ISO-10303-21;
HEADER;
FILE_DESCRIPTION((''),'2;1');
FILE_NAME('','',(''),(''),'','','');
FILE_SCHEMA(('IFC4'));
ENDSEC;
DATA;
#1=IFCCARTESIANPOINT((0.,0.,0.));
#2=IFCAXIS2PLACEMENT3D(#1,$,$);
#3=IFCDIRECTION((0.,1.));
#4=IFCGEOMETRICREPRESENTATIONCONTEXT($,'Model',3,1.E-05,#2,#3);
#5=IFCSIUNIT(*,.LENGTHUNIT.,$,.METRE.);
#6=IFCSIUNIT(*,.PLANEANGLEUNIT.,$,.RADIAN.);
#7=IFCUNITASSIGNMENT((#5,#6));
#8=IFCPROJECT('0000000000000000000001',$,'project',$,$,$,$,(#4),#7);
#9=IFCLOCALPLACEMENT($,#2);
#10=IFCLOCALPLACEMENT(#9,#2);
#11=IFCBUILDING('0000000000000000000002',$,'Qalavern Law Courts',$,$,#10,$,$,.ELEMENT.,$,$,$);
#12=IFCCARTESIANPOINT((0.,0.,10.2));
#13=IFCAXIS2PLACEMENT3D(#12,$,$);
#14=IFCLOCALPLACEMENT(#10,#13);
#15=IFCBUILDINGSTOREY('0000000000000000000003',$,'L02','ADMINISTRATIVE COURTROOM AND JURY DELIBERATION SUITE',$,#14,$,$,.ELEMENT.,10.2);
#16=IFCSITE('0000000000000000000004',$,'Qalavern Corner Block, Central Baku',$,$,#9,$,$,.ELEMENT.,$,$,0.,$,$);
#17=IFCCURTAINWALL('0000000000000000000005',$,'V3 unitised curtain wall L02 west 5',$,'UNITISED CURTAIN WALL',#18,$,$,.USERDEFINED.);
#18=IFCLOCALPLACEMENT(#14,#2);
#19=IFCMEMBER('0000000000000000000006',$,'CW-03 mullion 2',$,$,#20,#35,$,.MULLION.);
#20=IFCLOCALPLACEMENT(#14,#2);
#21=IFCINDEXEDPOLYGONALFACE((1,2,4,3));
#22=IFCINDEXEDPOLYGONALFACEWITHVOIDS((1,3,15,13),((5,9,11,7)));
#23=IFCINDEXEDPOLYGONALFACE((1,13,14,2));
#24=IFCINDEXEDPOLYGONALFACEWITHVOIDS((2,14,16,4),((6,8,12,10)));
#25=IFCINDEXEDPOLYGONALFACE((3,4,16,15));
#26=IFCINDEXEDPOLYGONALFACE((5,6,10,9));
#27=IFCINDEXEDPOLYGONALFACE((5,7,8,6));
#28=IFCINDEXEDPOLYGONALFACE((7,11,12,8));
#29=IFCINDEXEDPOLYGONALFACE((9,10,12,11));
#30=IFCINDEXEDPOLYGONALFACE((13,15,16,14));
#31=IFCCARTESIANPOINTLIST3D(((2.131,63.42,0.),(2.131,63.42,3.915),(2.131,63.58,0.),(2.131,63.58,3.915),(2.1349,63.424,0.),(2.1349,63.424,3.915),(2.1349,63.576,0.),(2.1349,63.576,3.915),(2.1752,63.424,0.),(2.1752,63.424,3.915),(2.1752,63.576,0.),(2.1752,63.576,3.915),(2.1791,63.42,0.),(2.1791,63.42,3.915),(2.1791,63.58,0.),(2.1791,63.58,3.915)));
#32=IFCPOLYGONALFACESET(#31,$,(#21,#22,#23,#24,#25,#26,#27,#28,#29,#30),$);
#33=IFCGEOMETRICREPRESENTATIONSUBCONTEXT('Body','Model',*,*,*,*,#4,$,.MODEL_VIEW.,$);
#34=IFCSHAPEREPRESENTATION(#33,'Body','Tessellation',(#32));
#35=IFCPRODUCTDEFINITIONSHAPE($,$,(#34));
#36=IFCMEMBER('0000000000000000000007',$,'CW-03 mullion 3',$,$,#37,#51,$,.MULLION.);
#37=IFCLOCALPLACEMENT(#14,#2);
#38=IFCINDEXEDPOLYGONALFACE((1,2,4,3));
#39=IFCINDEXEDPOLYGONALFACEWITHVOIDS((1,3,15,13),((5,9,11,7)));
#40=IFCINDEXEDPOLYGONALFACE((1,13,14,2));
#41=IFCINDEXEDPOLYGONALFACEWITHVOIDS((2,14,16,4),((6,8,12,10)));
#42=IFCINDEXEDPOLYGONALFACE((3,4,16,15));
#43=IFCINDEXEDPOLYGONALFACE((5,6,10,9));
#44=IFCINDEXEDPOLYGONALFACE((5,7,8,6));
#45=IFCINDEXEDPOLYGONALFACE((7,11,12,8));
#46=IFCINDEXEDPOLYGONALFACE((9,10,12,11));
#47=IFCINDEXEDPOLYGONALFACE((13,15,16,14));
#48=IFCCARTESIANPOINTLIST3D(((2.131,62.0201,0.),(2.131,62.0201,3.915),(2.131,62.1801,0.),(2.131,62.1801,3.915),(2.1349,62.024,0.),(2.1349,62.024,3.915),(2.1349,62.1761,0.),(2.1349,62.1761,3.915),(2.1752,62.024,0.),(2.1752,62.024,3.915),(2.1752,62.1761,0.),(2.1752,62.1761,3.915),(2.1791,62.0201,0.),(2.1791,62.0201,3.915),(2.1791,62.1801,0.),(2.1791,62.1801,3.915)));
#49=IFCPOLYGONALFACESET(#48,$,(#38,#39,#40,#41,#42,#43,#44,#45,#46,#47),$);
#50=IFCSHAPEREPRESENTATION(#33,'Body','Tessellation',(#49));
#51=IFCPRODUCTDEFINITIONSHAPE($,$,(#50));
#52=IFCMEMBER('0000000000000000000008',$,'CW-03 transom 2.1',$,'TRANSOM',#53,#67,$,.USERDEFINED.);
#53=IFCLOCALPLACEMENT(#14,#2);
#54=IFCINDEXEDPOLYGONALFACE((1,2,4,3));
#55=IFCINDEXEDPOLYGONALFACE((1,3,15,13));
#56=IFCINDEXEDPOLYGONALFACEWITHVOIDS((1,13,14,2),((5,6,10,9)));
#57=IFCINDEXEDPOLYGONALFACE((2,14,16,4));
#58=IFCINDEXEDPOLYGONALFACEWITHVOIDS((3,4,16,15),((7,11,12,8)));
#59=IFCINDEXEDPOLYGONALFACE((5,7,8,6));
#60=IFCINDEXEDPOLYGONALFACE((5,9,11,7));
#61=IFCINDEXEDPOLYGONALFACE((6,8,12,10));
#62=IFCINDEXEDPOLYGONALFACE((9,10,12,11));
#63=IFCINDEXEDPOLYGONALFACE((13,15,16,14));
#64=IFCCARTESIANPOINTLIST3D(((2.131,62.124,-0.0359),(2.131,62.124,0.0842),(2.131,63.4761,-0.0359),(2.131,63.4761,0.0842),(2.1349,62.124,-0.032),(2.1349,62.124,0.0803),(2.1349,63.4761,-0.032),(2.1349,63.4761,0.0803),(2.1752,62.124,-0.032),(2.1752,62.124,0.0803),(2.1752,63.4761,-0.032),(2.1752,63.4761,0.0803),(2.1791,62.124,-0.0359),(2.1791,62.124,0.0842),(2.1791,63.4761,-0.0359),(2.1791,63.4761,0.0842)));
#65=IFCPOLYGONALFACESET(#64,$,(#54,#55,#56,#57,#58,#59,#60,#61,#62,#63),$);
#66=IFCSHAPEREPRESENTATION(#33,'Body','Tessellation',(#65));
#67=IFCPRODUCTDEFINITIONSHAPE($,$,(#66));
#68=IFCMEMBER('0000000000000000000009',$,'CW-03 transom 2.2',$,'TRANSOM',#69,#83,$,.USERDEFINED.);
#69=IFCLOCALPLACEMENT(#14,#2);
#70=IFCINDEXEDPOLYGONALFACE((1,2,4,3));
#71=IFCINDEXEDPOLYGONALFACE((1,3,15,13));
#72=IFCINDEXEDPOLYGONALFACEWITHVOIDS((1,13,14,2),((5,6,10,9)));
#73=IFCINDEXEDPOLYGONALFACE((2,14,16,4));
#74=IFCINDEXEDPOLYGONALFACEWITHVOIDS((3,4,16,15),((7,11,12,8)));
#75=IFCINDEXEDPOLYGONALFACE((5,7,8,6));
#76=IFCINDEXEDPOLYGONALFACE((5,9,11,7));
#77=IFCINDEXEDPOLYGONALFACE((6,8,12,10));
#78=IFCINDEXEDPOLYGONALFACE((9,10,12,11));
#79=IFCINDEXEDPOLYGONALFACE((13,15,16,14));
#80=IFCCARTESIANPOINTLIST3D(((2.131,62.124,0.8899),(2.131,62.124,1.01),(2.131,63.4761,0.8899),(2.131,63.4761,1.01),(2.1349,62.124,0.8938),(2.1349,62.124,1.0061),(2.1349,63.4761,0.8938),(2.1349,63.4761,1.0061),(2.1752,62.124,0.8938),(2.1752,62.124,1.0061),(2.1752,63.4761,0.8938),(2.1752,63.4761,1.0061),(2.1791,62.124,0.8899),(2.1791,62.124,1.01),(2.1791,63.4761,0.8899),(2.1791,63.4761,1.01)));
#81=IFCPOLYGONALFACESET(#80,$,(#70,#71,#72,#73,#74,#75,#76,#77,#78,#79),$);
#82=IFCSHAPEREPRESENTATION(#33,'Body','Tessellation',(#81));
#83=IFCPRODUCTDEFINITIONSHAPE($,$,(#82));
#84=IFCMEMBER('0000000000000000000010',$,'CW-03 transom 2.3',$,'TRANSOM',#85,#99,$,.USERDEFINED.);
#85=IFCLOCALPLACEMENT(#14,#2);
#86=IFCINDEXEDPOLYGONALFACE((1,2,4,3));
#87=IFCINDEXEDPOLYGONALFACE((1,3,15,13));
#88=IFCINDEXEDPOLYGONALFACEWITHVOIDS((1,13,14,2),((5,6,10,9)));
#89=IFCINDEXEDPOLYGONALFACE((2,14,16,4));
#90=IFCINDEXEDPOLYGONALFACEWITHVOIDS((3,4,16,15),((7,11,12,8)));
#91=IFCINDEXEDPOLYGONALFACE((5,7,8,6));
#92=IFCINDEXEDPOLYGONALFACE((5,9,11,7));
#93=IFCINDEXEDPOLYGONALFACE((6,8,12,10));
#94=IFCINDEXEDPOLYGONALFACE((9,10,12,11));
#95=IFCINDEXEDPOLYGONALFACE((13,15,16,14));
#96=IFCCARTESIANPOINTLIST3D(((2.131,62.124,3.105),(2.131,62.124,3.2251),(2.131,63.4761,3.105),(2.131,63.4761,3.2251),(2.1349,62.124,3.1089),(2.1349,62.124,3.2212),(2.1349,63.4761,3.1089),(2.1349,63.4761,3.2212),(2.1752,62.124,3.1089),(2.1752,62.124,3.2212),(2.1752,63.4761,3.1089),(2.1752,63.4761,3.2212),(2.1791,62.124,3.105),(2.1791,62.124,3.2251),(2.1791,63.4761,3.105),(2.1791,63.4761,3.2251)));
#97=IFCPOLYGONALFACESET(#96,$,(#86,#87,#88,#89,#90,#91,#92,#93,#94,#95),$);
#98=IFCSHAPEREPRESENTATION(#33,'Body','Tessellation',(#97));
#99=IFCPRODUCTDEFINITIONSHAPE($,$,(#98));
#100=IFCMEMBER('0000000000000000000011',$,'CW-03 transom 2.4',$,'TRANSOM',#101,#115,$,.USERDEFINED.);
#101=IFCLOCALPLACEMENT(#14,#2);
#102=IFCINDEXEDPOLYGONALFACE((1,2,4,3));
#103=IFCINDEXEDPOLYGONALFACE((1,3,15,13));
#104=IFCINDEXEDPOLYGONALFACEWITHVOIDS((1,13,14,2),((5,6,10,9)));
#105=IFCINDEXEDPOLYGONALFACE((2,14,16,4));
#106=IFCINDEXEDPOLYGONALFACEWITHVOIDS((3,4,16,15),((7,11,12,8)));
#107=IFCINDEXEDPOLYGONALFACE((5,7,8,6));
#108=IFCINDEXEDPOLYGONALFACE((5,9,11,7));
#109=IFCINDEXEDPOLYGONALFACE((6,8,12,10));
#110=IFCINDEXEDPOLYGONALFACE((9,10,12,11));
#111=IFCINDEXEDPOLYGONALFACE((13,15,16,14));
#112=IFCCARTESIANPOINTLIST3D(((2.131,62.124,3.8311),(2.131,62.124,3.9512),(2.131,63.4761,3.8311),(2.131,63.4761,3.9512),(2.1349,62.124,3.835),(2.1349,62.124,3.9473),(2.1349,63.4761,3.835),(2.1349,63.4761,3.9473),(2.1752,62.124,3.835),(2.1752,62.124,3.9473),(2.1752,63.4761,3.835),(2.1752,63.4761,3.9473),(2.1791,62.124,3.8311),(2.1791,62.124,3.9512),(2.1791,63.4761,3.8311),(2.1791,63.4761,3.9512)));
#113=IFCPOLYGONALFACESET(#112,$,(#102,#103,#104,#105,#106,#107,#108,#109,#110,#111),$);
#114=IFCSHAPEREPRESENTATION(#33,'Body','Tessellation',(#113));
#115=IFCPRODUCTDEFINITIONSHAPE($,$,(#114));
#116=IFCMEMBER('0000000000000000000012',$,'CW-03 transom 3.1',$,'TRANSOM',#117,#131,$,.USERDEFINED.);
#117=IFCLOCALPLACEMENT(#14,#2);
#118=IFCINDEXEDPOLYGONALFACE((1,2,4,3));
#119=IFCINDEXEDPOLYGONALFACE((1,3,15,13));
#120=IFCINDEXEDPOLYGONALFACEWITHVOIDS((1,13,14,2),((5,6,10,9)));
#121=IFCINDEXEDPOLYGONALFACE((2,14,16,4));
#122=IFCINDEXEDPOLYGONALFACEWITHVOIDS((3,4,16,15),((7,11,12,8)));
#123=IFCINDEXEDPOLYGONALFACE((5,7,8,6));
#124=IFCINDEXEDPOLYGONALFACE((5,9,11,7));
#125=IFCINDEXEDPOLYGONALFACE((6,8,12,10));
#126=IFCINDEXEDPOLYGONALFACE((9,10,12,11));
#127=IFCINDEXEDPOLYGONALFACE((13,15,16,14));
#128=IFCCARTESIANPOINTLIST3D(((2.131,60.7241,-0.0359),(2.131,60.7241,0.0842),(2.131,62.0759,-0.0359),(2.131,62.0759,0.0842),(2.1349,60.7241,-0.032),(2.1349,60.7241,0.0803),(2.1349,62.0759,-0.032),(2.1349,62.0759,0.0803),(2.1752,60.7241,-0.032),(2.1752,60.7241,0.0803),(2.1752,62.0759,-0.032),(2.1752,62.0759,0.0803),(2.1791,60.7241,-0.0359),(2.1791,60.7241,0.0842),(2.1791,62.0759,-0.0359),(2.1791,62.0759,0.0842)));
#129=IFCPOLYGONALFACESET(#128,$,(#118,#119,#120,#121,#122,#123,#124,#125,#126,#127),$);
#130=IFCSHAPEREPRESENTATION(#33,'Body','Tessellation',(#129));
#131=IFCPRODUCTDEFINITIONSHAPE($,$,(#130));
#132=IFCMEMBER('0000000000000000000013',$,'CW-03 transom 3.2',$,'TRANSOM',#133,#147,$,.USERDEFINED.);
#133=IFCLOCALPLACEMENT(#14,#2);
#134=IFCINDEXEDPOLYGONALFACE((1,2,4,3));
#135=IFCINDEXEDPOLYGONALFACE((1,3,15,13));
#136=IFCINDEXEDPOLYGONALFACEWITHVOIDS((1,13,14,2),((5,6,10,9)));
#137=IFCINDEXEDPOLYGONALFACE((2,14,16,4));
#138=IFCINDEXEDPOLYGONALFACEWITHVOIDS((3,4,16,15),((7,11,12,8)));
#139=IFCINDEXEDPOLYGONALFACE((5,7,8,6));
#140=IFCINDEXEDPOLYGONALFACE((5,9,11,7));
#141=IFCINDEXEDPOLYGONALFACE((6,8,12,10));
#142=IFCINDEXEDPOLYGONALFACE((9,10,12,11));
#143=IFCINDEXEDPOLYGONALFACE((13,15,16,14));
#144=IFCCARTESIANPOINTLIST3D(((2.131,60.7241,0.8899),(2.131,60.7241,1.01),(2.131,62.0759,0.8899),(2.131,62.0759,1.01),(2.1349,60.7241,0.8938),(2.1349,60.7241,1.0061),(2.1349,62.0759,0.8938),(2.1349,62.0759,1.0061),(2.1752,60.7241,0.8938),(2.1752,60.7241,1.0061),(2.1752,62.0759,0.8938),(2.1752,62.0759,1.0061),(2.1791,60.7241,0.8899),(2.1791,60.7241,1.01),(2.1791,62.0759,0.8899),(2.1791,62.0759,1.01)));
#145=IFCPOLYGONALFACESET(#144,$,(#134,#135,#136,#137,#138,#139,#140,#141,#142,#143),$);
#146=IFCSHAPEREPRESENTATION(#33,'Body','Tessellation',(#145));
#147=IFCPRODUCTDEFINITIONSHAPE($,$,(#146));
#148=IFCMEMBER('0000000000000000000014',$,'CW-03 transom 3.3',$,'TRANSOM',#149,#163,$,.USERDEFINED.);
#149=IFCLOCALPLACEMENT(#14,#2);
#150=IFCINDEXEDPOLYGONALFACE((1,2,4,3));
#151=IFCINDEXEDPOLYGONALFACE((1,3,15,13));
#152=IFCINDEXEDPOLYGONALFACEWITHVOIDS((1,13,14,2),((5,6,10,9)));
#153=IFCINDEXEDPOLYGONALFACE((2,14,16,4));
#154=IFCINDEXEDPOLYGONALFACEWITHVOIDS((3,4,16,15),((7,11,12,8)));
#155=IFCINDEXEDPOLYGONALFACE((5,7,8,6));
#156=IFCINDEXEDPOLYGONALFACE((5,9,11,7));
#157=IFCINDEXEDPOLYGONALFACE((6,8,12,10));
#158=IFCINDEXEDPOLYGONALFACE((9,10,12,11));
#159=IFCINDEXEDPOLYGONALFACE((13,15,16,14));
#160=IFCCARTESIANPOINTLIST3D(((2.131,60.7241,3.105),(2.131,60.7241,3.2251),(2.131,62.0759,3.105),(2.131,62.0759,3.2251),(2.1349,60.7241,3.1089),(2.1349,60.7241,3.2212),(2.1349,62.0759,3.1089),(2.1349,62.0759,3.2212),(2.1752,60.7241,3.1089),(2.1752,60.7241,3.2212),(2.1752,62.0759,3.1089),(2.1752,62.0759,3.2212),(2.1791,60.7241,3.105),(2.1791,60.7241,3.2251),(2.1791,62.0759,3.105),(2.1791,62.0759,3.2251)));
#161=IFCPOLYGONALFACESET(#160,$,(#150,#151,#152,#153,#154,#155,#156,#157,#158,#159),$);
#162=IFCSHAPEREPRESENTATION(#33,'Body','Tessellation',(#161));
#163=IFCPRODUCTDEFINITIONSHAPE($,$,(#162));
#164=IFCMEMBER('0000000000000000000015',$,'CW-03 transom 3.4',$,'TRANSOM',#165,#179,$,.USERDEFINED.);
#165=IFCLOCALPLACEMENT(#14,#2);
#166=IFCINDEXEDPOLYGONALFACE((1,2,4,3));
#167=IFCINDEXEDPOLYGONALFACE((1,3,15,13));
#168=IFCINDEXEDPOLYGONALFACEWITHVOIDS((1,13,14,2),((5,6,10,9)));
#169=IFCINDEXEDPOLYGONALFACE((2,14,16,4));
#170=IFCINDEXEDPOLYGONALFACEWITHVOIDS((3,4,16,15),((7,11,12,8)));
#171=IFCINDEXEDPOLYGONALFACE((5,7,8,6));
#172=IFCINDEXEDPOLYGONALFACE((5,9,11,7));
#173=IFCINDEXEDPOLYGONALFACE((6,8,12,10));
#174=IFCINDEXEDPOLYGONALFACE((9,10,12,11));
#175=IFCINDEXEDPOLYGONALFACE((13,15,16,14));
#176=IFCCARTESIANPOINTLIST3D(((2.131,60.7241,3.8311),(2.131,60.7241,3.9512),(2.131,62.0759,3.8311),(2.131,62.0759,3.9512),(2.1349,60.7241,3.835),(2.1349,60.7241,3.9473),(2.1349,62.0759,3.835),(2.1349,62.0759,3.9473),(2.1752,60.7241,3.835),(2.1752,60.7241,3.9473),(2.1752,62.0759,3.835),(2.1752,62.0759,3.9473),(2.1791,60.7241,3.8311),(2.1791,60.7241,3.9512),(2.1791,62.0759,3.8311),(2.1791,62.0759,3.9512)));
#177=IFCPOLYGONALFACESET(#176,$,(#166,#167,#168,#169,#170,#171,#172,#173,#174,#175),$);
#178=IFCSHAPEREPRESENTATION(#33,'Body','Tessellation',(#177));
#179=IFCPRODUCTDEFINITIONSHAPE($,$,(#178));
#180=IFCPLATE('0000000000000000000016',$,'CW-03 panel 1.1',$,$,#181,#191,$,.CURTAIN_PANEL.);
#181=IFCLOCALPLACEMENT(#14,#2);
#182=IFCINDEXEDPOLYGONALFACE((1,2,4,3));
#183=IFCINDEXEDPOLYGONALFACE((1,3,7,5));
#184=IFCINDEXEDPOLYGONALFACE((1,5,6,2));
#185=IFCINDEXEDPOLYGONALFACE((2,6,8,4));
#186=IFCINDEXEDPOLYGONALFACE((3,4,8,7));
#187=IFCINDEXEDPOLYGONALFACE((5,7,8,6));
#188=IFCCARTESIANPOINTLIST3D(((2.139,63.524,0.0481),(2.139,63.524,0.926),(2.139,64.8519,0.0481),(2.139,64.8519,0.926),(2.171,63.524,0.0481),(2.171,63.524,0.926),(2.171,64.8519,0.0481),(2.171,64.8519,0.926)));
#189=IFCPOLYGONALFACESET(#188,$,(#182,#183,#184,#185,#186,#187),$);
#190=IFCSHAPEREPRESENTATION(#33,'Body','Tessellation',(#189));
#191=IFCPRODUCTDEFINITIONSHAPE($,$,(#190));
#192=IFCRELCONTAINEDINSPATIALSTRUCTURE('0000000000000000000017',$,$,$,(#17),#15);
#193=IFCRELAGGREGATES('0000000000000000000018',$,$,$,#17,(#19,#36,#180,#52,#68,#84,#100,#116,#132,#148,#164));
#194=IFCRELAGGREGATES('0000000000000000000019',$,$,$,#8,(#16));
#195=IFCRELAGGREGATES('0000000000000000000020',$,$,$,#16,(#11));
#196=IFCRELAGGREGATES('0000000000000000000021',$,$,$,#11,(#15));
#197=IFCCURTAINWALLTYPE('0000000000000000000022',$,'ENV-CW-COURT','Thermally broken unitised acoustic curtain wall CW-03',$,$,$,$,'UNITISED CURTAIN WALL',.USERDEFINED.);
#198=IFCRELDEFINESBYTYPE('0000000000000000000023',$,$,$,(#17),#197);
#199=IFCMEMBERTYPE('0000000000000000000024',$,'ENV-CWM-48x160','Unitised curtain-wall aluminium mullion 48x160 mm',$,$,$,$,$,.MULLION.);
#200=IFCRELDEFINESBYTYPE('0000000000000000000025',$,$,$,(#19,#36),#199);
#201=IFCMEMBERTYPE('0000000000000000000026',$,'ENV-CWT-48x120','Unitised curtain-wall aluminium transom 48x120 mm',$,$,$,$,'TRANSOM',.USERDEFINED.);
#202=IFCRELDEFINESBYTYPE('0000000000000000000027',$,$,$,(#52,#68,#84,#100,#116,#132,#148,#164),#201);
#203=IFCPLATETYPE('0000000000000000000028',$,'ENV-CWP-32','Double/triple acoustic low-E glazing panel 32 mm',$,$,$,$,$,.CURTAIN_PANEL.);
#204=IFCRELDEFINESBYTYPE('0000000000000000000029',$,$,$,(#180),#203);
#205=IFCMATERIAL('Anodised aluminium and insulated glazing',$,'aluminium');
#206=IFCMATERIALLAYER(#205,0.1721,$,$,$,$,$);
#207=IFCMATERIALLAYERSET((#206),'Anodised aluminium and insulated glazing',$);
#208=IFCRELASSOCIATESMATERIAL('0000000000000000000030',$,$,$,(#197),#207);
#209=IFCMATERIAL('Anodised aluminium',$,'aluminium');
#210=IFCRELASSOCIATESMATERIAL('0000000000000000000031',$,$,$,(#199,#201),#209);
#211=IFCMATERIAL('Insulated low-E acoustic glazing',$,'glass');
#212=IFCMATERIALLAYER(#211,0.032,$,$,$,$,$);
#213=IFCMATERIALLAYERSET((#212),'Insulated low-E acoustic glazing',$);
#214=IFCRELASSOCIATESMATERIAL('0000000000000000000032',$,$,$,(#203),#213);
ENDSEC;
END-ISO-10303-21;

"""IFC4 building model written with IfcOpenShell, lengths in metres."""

from ifc_helpers import new_model, si_unit, direction, frame, origin, origin_2d, place, context, subcontext, project, spatial, rectangle, hollow_rectangle, extrude, material, layer, layer_set, material_profile, profile_set, type_object, element, aggregate, save


model = new_model("IFC4")

# Units and contexts
model_context = context("Model", 3, precision=1e-05, world=origin(), true_north=direction((0.0, 1.0)))
body_context = subcontext(model_context, "Body", "Model", "MODEL_VIEW")
ifc_project = project(units=[si_unit("LENGTHUNIT", "METRE"), si_unit("PLANEANGLEUNIT", "RADIAN")], contexts=[model_context])

# Site, building, storey
site_placement = place(None, origin())
site = spatial("IfcSite", under=ifc_project, at=site_placement, Name="Qalavern Corner Block, Central Baku", CompositionType="ELEMENT", RefElevation=0.0)
building_placement = place(site_placement, origin())
building = spatial("IfcBuilding", under=site, at=building_placement, Name="Qalavern Law Courts", CompositionType="ELEMENT")
storey_placement = place(building_placement, frame((0.0, 0.0, 10.2)))
storey = spatial("IfcBuildingStorey", under=building, at=storey_placement, Name="L02", Description="ADMINISTRATIVE COURTROOM AND JURY DELIBERATION SUITE", CompositionType="ELEMENT", Elevation=10.2)

# Curtain wall, members, plate
ifc_material_1 = material(Name="Anodised aluminium and insulated glazing", Category="aluminium")
ifc_layer_1 = layer(ifc_material_1, 0.1721)
ifc_layer_set_1 = layer_set([ifc_layer_1], Name="Anodised aluminium and insulated glazing")
curtain_wall_type = type_object("IfcCurtainWallType", Name="ENV-CW-COURT", Description="Thermally broken unitised acoustic curtain wall CW-03", ElementType="UNITISED CURTAIN WALL", PredefinedType="USERDEFINED", material=ifc_layer_set_1)
curtain_wall_placement = place(storey_placement, origin())
curtain_wall = element("IfcCurtainWall", 1, at=curtain_wall_placement, inside=storey, type_object=curtain_wall_type, Name="V3 unitised curtain wall L02 west 5", ObjectType="UNITISED CURTAIN WALL", PredefinedType="USERDEFINED")
ifc_material_2 = material(Name="Anodised aluminium", Category="aluminium")
ifc_material_profile_1 = material_profile(ifc_material_2, hollow_rectangle(XDim=0.0481, YDim=0.1599, WallThickness=0.0039, at=origin_2d()), Name="ALU MULLION 48x160")
ifc_profile_set_1 = profile_set([ifc_material_profile_1], Name="Anodised aluminium")
member_type_1 = type_object("IfcMemberType", Name="ENV-CWM-48x160", Description="Unitised curtain-wall aluminium mullion 48x160 mm", PredefinedType="MULLION", material=ifc_profile_set_1)
member_1_placement = place(storey_placement, frame((2.155, 63.5, 0.0), z_axis=(0.0, 0.0, 1.0), x_axis=(1.0, 0.0, 0.0)))
member_1 = element("IfcMember", 2, at=member_1_placement, type_object=member_type_1, Name="CW-03 mullion 2", PredefinedType="MULLION", context=body_context, shape_type="SweptSolid", body=[
    extrude(hollow_rectangle(XDim=0.0481, YDim=0.1599, WallThickness=0.0039, at=origin_2d()), origin(), (0.0, 0.0, 1.0), 3.915),
])
member_2_placement = place(storey_placement, frame((2.155, 62.1001, 0.0), z_axis=(0.0, 0.0, 1.0), x_axis=(1.0, 0.0, 0.0)))
member_2 = element("IfcMember", 3, at=member_2_placement, type_object=member_type_1, Name="CW-03 mullion 3", PredefinedType="MULLION", context=body_context, shape_type="SweptSolid", body=[
    extrude(hollow_rectangle(XDim=0.0481, YDim=0.1599, WallThickness=0.0039, at=origin_2d()), origin(), (0.0, 0.0, 1.0), 3.915),
])
ifc_material_profile_2 = material_profile(ifc_material_2, hollow_rectangle(XDim=0.0481, YDim=0.1201, WallThickness=0.0039, at=origin_2d()), Name="ALU TRANSOM 48x120")
ifc_profile_set_2 = profile_set([ifc_material_profile_2], Name="Anodised aluminium")
member_type_2 = type_object("IfcMemberType", Name="ENV-CWT-48x120", Description="Unitised curtain-wall aluminium transom 48x120 mm", ElementType="TRANSOM", PredefinedType="USERDEFINED", material=ifc_profile_set_2)
member_3_placement = place(storey_placement, frame((2.155, 63.4761, 0.0242), z_axis=(0.0, -1.0, 0.0), x_axis=(1.0, 0.0, 0.0)))
member_3 = element("IfcMember", 4, at=member_3_placement, type_object=member_type_2, Name="CW-03 transom 2.1", ObjectType="TRANSOM", PredefinedType="USERDEFINED", context=body_context, shape_type="SweptSolid", body=[
    extrude(hollow_rectangle(XDim=0.0481, YDim=0.1201, WallThickness=0.0039, at=origin_2d()), origin(), (0.0, 0.0, 1.0), 1.3521),
])
member_4_placement = place(storey_placement, frame((2.155, 63.4761, 0.95), z_axis=(0.0, -1.0, 0.0), x_axis=(1.0, 0.0, 0.0)))
member_4 = element("IfcMember", 5, at=member_4_placement, type_object=member_type_2, Name="CW-03 transom 2.2", ObjectType="TRANSOM", PredefinedType="USERDEFINED", context=body_context, shape_type="SweptSolid", body=[
    extrude(hollow_rectangle(XDim=0.0481, YDim=0.1201, WallThickness=0.0039, at=origin_2d()), origin(), (0.0, 0.0, 1.0), 1.3521),
])
member_5_placement = place(storey_placement, frame((2.155, 63.4761, 3.165), z_axis=(0.0, -1.0, 0.0), x_axis=(1.0, 0.0, 0.0)))
member_5 = element("IfcMember", 6, at=member_5_placement, type_object=member_type_2, Name="CW-03 transom 2.3", ObjectType="TRANSOM", PredefinedType="USERDEFINED", context=body_context, shape_type="SweptSolid", body=[
    extrude(hollow_rectangle(XDim=0.0481, YDim=0.1201, WallThickness=0.0039, at=origin_2d()), origin(), (0.0, 0.0, 1.0), 1.3521),
])
member_6_placement = place(storey_placement, frame((2.155, 63.4761, 3.8911), z_axis=(0.0, -1.0, 0.0), x_axis=(1.0, 0.0, 0.0)))
member_6 = element("IfcMember", 7, at=member_6_placement, type_object=member_type_2, Name="CW-03 transom 2.4", ObjectType="TRANSOM", PredefinedType="USERDEFINED", context=body_context, shape_type="SweptSolid", body=[
    extrude(hollow_rectangle(XDim=0.0481, YDim=0.1201, WallThickness=0.0039, at=origin_2d()), origin(), (0.0, 0.0, 1.0), 1.3521),
])
member_7_placement = place(storey_placement, frame((2.155, 62.0759, 0.0242), z_axis=(0.0, -1.0, 0.0), x_axis=(1.0, 0.0, 0.0)))
member_7 = element("IfcMember", 8, at=member_7_placement, type_object=member_type_2, Name="CW-03 transom 3.1", ObjectType="TRANSOM", PredefinedType="USERDEFINED", context=body_context, shape_type="SweptSolid", body=[
    extrude(hollow_rectangle(XDim=0.0481, YDim=0.1201, WallThickness=0.0039, at=origin_2d()), origin(), (0.0, 0.0, 1.0), 1.3518),
])
member_8_placement = place(storey_placement, frame((2.155, 62.0759, 0.95), z_axis=(0.0, -1.0, 0.0), x_axis=(1.0, 0.0, 0.0)))
member_8 = element("IfcMember", 9, at=member_8_placement, type_object=member_type_2, Name="CW-03 transom 3.2", ObjectType="TRANSOM", PredefinedType="USERDEFINED", context=body_context, shape_type="SweptSolid", body=[
    extrude(hollow_rectangle(XDim=0.0481, YDim=0.1201, WallThickness=0.0039, at=origin_2d()), origin(), (0.0, 0.0, 1.0), 1.3518),
])
member_9_placement = place(storey_placement, frame((2.155, 62.0759, 3.165), z_axis=(0.0, -1.0, 0.0), x_axis=(1.0, 0.0, 0.0)))
member_9 = element("IfcMember", 10, at=member_9_placement, type_object=member_type_2, Name="CW-03 transom 3.3", ObjectType="TRANSOM", PredefinedType="USERDEFINED", context=body_context, shape_type="SweptSolid", body=[
    extrude(hollow_rectangle(XDim=0.0481, YDim=0.1201, WallThickness=0.0039, at=origin_2d()), origin(), (0.0, 0.0, 1.0), 1.3518),
])
member_10_placement = place(storey_placement, frame((2.155, 62.0759, 3.8911), z_axis=(0.0, -1.0, 0.0), x_axis=(1.0, 0.0, 0.0)))
member_10 = element("IfcMember", 11, at=member_10_placement, type_object=member_type_2, Name="CW-03 transom 3.4", ObjectType="TRANSOM", PredefinedType="USERDEFINED", context=body_context, shape_type="SweptSolid", body=[
    extrude(hollow_rectangle(XDim=0.0481, YDim=0.1201, WallThickness=0.0039, at=origin_2d()), origin(), (0.0, 0.0, 1.0), 1.3518),
])
ifc_material_3 = material(Name="Insulated low-E acoustic glazing", Category="glass")
ifc_layer_2 = layer(ifc_material_3, 0.032)
ifc_layer_set_2 = layer_set([ifc_layer_2], Name="Insulated low-E acoustic glazing")
plate_type = type_object("IfcPlateType", Name="ENV-CWP-32", Description="Double/triple acoustic low-E glazing panel 32 mm", PredefinedType="CURTAIN_PANEL", material=ifc_layer_set_2)
plate_1_placement = place(storey_placement, frame((2.155, 64.188, 0.0481), z_axis=(0.0, 0.0, 1.0), x_axis=(0.0, -1.0, 0.0)))
plate_1 = element("IfcPlate", 12, at=plate_1_placement, type_object=plate_type, Name="CW-03 panel 1.1", PredefinedType="CURTAIN_PANEL", context=body_context, shape_type="SweptSolid", body=[
    extrude(rectangle(XDim=1.3279, YDim=0.032, at=origin_2d()), origin(), (0.0, 0.0, 1.0), 0.8779),
])
aggregate(curtain_wall, [member_1, member_2, plate_1, member_3, member_4, member_5, member_6, member_7, member_8, member_9, member_10])

save(model, "model.ifc")
